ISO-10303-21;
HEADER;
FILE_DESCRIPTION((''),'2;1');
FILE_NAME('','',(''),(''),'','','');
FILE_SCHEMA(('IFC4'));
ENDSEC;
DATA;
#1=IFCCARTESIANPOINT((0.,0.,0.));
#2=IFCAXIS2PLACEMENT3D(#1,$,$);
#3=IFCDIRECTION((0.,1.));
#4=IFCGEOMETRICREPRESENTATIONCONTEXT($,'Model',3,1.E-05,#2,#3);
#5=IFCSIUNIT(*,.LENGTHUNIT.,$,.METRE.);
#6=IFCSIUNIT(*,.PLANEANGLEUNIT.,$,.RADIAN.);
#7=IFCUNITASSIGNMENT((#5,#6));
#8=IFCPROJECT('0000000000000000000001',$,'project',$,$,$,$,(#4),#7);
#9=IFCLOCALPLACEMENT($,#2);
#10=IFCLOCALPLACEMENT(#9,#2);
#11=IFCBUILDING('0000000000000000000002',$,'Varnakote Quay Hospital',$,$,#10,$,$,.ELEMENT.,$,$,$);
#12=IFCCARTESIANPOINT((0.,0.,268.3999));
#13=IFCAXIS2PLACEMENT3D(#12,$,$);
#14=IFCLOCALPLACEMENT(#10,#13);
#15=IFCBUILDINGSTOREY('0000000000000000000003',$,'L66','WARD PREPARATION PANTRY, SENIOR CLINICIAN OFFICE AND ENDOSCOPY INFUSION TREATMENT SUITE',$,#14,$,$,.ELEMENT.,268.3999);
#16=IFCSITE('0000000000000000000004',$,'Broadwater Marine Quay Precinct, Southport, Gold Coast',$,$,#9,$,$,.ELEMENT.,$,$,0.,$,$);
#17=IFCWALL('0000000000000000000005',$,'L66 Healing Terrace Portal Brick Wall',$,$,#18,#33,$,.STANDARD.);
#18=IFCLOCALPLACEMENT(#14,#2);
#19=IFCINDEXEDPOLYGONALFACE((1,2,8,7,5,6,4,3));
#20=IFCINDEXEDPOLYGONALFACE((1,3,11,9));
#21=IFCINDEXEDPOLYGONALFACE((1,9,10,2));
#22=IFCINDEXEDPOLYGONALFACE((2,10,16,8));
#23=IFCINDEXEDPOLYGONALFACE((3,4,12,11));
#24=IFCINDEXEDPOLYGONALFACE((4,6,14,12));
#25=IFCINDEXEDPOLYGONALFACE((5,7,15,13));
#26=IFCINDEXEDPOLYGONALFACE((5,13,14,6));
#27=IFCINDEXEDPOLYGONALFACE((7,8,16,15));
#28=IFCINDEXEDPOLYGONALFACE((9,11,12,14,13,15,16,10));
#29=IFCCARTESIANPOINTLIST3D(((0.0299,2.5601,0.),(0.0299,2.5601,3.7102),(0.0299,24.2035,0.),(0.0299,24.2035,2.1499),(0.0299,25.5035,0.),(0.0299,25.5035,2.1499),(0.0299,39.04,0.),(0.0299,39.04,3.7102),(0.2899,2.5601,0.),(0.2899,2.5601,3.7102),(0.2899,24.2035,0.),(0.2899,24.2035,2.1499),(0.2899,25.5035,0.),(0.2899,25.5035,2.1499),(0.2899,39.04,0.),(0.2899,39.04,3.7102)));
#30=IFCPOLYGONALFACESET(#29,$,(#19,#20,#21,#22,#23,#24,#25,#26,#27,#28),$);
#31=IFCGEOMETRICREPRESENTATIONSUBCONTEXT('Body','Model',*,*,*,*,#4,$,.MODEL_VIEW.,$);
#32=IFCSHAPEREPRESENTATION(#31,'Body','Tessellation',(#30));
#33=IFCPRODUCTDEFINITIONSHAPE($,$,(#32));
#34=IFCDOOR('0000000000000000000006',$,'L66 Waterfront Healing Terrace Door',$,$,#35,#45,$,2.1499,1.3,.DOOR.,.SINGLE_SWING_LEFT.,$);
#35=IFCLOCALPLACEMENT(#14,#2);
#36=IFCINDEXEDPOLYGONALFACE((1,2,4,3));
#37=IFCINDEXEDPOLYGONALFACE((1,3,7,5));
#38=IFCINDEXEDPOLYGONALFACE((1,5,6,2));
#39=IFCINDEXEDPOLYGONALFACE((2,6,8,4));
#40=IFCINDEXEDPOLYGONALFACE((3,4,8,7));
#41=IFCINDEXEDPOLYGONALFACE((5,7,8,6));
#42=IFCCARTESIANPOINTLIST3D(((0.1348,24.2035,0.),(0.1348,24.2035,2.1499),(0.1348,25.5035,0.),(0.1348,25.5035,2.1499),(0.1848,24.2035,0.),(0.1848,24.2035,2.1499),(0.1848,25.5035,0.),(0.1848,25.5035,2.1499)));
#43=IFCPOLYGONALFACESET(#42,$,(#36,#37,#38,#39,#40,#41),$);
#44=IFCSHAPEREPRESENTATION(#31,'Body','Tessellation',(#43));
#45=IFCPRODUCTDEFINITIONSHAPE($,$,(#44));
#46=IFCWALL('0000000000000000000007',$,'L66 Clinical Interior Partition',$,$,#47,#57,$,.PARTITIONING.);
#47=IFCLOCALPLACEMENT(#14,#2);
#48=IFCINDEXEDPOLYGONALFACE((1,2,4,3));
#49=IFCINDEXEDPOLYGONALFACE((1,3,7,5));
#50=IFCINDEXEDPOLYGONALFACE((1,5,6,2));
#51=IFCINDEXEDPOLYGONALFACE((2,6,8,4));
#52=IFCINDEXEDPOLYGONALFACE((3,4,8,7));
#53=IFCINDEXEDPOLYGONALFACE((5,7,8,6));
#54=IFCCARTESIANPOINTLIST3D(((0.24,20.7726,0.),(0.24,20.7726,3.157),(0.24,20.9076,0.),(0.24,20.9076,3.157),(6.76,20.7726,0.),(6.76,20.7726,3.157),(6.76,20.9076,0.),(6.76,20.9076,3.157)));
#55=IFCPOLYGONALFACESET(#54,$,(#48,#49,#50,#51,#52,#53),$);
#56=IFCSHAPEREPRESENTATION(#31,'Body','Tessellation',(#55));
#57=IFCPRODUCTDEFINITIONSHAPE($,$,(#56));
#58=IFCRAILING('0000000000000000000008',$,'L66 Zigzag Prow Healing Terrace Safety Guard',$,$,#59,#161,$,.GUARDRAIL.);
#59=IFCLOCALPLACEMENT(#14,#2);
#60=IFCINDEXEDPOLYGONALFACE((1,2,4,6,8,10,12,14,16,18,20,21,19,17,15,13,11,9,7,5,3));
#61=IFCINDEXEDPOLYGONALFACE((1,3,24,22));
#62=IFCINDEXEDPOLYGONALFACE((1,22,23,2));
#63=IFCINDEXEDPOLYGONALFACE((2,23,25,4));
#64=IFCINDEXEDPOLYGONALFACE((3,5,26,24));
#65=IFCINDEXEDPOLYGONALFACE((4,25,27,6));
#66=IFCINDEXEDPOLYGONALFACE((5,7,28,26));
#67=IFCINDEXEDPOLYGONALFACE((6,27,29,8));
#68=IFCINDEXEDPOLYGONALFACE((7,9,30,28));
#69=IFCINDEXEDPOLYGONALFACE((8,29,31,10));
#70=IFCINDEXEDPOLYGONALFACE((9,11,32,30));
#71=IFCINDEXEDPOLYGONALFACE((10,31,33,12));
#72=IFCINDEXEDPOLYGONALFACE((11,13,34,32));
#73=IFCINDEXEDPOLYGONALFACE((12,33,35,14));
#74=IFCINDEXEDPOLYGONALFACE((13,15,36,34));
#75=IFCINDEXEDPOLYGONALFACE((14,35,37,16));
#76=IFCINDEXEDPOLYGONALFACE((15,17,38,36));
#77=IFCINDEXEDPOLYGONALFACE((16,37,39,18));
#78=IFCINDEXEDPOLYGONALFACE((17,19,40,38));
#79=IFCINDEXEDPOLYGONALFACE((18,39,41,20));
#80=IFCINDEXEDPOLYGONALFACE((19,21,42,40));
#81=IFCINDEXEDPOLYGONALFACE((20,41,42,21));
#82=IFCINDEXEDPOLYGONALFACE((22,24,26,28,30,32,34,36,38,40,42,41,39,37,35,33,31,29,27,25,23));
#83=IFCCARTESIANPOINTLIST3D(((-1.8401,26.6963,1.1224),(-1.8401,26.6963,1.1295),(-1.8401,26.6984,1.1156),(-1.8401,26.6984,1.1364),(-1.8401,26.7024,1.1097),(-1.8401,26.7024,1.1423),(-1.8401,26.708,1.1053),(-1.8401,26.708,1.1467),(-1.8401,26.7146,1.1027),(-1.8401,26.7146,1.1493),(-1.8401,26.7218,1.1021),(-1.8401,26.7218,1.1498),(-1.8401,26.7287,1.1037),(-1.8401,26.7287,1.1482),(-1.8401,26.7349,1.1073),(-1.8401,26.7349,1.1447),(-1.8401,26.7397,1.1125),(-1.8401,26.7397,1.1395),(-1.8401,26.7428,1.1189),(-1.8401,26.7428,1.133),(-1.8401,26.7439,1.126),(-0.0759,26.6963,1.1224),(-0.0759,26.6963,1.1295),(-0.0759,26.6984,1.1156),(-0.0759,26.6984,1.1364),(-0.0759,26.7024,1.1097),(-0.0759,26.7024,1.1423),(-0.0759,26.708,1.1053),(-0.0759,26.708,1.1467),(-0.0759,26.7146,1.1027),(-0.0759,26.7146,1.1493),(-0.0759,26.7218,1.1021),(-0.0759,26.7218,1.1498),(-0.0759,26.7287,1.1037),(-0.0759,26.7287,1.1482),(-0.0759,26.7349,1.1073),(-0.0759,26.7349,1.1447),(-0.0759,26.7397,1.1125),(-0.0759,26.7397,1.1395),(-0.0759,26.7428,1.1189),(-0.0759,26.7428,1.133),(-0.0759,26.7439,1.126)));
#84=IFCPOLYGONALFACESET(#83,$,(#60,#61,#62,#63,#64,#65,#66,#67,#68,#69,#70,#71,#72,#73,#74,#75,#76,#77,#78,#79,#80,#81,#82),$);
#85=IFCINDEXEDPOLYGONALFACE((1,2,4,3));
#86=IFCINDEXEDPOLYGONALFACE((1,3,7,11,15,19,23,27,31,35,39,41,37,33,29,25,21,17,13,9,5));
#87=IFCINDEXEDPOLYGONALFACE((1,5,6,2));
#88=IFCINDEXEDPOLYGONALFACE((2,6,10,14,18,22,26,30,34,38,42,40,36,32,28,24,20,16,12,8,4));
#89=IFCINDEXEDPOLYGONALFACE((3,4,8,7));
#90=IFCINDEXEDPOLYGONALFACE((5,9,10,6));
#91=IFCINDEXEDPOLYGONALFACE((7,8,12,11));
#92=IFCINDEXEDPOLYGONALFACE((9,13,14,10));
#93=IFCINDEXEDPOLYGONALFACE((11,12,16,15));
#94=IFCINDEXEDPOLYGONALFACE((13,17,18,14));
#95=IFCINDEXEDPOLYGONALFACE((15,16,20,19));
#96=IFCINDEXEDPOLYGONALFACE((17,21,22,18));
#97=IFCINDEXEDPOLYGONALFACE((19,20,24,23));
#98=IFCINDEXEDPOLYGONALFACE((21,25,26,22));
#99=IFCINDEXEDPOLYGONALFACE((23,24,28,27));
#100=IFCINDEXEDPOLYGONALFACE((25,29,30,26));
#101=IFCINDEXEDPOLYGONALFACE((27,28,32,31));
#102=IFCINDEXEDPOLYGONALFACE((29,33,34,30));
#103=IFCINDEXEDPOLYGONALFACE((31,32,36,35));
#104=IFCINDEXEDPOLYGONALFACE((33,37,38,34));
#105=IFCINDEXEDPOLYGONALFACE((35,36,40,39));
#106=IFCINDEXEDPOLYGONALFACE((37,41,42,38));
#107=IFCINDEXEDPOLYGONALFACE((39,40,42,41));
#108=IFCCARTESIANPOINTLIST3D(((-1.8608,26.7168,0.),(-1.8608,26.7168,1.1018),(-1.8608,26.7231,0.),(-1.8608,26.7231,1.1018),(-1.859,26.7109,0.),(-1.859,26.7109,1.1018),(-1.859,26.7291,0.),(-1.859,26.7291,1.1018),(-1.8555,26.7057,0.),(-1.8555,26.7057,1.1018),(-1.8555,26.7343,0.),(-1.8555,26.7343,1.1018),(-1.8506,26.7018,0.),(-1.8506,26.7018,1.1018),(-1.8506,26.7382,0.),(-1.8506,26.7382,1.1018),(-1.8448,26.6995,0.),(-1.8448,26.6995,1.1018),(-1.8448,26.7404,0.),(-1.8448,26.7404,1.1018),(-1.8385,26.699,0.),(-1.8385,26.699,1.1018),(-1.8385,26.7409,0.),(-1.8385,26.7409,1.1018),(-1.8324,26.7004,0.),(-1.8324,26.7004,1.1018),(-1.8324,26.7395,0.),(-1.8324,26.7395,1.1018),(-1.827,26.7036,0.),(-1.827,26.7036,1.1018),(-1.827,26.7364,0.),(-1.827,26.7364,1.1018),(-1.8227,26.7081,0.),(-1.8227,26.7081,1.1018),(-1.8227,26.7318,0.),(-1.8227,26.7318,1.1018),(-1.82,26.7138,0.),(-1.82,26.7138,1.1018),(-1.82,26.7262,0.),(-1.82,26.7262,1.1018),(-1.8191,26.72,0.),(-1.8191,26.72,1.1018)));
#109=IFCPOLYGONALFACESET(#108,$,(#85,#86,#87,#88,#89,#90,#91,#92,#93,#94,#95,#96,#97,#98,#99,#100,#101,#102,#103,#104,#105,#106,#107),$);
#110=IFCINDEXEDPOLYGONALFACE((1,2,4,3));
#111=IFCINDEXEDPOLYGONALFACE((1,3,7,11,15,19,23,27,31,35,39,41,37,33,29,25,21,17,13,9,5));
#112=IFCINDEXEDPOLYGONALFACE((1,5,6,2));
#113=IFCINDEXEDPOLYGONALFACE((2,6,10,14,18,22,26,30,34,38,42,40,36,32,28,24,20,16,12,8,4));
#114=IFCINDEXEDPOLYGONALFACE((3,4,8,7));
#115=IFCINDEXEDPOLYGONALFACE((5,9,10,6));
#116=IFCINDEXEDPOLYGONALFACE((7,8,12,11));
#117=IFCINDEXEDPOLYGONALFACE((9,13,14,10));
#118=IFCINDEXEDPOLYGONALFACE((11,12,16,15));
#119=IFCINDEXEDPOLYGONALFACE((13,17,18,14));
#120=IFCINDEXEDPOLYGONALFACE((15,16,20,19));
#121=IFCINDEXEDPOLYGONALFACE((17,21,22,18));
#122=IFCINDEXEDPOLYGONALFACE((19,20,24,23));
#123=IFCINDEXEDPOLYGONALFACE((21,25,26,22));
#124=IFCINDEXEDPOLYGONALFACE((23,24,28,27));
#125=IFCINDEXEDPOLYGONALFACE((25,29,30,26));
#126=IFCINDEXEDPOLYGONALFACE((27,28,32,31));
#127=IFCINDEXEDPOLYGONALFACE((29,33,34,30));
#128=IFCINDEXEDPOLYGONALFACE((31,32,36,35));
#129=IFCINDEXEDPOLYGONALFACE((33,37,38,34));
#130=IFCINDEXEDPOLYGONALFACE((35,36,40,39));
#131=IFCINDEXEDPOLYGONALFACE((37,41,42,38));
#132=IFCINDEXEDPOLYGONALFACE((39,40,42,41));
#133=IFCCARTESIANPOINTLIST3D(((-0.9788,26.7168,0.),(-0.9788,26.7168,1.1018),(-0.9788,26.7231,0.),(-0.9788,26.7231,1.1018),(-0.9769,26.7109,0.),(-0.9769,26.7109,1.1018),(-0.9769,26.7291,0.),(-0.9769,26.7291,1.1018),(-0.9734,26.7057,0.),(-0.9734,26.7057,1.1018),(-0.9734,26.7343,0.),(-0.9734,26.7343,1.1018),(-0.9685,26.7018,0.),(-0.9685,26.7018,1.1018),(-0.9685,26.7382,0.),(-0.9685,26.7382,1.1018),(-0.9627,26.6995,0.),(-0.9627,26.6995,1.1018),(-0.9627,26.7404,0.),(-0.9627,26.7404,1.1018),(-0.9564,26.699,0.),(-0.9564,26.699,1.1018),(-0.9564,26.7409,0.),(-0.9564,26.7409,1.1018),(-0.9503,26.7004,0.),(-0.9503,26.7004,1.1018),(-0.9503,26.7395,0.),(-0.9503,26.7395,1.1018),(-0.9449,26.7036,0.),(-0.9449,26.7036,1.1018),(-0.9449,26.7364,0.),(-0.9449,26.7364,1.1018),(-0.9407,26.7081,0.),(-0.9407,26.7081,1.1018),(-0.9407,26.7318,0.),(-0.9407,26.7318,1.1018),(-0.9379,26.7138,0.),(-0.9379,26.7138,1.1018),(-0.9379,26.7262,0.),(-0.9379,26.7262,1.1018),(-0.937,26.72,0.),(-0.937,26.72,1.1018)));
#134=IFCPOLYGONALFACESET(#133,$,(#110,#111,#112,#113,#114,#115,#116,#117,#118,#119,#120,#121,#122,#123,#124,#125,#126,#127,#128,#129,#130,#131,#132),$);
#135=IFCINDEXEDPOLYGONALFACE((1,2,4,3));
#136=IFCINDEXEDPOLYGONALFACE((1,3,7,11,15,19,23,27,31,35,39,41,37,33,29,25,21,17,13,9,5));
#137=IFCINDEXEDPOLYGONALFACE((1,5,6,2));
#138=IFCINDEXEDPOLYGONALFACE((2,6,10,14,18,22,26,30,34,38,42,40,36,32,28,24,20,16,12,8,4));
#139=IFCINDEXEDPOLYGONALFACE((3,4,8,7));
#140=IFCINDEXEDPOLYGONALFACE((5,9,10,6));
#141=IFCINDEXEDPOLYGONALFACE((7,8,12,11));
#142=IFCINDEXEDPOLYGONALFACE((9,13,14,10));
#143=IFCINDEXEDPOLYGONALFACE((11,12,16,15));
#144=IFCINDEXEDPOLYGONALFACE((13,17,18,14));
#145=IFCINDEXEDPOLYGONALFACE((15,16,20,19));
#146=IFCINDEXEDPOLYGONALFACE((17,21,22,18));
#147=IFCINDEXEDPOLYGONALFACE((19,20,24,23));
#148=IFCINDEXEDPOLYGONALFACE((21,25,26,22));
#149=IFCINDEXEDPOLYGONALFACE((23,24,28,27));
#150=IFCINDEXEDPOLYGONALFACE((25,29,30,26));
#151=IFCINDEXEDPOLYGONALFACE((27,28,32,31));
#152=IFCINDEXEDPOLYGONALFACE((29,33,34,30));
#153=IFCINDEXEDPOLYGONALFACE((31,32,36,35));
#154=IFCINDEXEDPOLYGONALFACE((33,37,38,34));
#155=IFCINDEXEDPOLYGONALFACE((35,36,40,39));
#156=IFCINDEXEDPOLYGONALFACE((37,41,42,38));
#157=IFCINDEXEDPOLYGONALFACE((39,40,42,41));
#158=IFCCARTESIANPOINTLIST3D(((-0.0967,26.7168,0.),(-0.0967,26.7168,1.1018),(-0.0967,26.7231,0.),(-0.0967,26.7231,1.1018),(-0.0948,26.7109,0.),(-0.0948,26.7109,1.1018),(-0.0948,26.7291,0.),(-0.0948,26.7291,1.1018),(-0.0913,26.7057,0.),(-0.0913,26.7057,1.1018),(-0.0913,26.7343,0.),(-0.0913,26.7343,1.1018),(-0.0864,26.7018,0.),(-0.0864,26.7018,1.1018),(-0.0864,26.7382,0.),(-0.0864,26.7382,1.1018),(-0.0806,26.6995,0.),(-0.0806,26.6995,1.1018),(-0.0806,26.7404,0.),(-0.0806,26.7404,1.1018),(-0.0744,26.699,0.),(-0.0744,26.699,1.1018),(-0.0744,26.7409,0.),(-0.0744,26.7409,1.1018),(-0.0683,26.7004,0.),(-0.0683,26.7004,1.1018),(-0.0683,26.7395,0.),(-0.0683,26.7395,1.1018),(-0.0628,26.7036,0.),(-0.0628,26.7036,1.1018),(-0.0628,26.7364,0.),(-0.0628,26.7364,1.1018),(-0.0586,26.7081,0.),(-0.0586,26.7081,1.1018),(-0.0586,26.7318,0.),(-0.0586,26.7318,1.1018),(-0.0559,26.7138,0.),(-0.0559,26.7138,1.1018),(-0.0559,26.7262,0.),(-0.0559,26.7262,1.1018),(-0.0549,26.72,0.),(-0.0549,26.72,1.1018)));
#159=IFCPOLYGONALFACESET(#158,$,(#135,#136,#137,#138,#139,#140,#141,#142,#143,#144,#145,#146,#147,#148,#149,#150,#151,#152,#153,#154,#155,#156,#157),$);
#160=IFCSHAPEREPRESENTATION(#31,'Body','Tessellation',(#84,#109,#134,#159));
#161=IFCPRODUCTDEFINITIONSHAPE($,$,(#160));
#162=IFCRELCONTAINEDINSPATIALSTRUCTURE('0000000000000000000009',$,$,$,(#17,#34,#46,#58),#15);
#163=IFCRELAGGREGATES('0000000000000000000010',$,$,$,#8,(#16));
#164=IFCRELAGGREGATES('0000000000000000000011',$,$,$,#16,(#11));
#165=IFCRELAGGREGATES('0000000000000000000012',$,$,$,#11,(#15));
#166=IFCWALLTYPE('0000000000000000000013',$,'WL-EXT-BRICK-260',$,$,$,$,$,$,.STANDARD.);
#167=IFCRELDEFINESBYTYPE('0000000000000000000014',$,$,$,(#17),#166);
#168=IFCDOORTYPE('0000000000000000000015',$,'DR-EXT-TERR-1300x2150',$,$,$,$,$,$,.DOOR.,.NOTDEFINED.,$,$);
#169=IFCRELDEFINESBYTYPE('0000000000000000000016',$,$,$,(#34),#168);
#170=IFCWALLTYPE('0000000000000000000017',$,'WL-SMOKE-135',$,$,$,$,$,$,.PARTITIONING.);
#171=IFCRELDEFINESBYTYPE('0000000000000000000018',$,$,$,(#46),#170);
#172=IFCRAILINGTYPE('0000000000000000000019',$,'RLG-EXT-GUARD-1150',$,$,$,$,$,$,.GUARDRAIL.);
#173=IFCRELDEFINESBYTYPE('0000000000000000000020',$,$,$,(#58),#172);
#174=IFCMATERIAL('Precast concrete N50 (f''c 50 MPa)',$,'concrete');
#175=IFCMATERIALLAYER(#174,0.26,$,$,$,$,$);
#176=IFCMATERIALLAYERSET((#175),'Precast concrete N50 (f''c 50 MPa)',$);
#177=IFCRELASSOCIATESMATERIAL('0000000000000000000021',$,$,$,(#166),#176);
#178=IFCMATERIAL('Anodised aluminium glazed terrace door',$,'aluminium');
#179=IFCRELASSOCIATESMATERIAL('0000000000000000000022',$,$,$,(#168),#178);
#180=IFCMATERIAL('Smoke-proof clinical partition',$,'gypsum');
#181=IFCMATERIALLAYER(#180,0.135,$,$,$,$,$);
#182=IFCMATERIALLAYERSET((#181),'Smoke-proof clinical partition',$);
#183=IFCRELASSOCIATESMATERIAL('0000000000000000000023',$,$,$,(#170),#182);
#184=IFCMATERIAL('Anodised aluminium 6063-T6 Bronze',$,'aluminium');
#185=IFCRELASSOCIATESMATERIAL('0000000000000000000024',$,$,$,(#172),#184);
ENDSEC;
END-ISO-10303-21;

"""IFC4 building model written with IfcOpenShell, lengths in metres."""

from ifc_helpers import new_model, si_unit, direction, frame, frame_2d, origin, origin_2d, place, context, subcontext, project, spatial, rectangle, circle, extrude, material, layer, layer_set, type_object, element, fill, save


model = new_model("IFC4")

# Units and contexts
model_context = context("Model", 3, precision=1e-05, world=origin(), true_north=direction((0.0, 1.0)))
body_context = subcontext(model_context, "Body", "Model", "MODEL_VIEW")
ifc_project = project(units=[si_unit("LENGTHUNIT", "METRE"), si_unit("PLANEANGLEUNIT", "RADIAN")], contexts=[model_context])

# Site, building, storey
site_placement = place(None, origin())
site = spatial("IfcSite", under=ifc_project, at=site_placement, Name="Broadwater Marine Quay Precinct, Southport, Gold Coast", CompositionType="ELEMENT", RefElevation=0.0)
building_placement = place(site_placement, origin())
building = spatial("IfcBuilding", under=site, at=building_placement, Name="Varnakote Quay Hospital", CompositionType="ELEMENT")
storey_placement = place(building_placement, frame((0.0, 0.0, 268.3999)))
storey = spatial("IfcBuildingStorey", under=building, at=storey_placement, Name="L66", Description="WARD PREPARATION PANTRY, SENIOR CLINICIAN OFFICE AND ENDOSCOPY INFUSION TREATMENT SUITE", CompositionType="ELEMENT", Elevation=268.3999)

# Shared definitions
ifc_material_1 = material(Name="Precast concrete N50 (f'c 50 MPa)", Category="concrete")
ifc_layer_1 = layer(ifc_material_1, 0.26)
ifc_layer_set_1 = layer_set([ifc_layer_1], Name="Precast concrete N50 (f'c 50 MPa)")
wall_type_1 = type_object("IfcWallType", Name="WL-EXT-BRICK-260", PredefinedType="STANDARD", material=ifc_layer_set_1)

# Wall, opening, door
wall_1_placement = place(storey_placement, frame((0.1599, 39.04, 0.0), z_axis=(0.0, 0.0, 1.0), x_axis=(0.0, -1.0, 0.0)))
wall_1 = element("IfcWall", 1, at=wall_1_placement, inside=storey, type_object=wall_type_1, Name="L66 Healing Terrace Portal Brick Wall", PredefinedType="STANDARD", context=body_context, shape_type="SweptSolid", body=[
    extrude(rectangle(XDim=36.48, YDim=0.26, at=frame_2d((18.24, 0.0))), origin(), (0.0, 0.0, 1.0), 3.7102),
])
opening_1_placement = place(wall_1_placement, frame((13.5366, 0.0, 0.0)))
opening_1 = element("IfcOpeningElement", 2, at=opening_1_placement, cuts=wall_1, PredefinedType="OPENING", context=body_context, shape_type="SweptSolid", body=[
    extrude(rectangle(XDim=1.3, YDim=2.1499, at=frame_2d((0.6499, 1.075))), frame((0.0, 0.1399, 0.0), z_axis=(0.0, -1.0, 0.0), x_axis=(1.0, 0.0, 0.0)), (0.0, 0.0, 1.0), 0.28),
])
ifc_material_2 = material(Name="Anodised aluminium glazed terrace door", Category="aluminium")
door_type = type_object("IfcDoorType", Name="DR-EXT-TERR-1300x2150", OperationType="NOTDEFINED", PredefinedType="DOOR", material=ifc_material_2)
door_placement = place(opening_1_placement, origin())
door = element("IfcDoor", 3, at=door_placement, inside=storey, type_object=door_type, Name="L66 Waterfront Healing Terrace Door", OperationType="SINGLE_SWING_LEFT", OverallHeight=2.1499, OverallWidth=1.3, PredefinedType="DOOR", context=body_context, shape_type="SweptSolid", body=[
    extrude(rectangle(XDim=1.3, YDim=2.1499, at=frame_2d((0.6499, 1.075))), frame((0.0, 0.0249, 0.0), z_axis=(0.0, -1.0, 0.0), x_axis=(1.0, 0.0, 0.0)), (0.0, 0.0, 1.0), 0.05),
])
fill(opening_1, door)

# Wall
ifc_material_3 = material(Name="Smoke-proof clinical partition", Category="gypsum")
ifc_layer_2 = layer(ifc_material_3, 0.135)
ifc_layer_set_2 = layer_set([ifc_layer_2], Name="Smoke-proof clinical partition")
wall_type_2 = type_object("IfcWallType", Name="WL-SMOKE-135", PredefinedType="PARTITIONING", material=ifc_layer_set_2)
wall_2_placement = place(storey_placement, frame((6.76, 20.8401, 0.0), z_axis=(0.0, 0.0, 1.0), x_axis=(-1.0, 0.0, 0.0)))
element("IfcWall", 4, at=wall_2_placement, inside=storey, type_object=wall_type_2, Name="L66 Clinical Interior Partition", PredefinedType="PARTITIONING", context=body_context, shape_type="SweptSolid", body=[
    extrude(rectangle(XDim=6.52, YDim=0.135, at=frame_2d((3.26, 0.0))), origin(), (0.0, 0.0, 1.0), 3.157),
])

# Railing
ifc_material_4 = material(Name="Anodised aluminium 6063-T6 Bronze", Category="aluminium")
railing_type = type_object("IfcRailingType", Name="RLG-EXT-GUARD-1150", PredefinedType="GUARDRAIL", material=ifc_material_4)
railing_1_placement = place(storey_placement, frame((-1.8401, 26.72, 0.0)))
element("IfcRailing", 5, at=railing_1_placement, inside=storey, type_object=railing_type, Name="L66 Zigzag Prow Healing Terrace Safety Guard", PredefinedType="GUARDRAIL", context=body_context, shape_type="SweptSolid", body=[
    extrude(circle(Radius=0.0239, at=origin_2d()), frame((0.0, 0.0, 1.126), z_axis=(1.0, 0.0, 0.0), x_axis=(0.0, 1.0, 0.0)), (0.0, 0.0, 1.0), 1.7642),
    extrude(circle(Radius=0.021, at=origin_2d()), origin(), (0.0, 0.0, 1.0), 1.1018),
    extrude(circle(Radius=0.021, at=origin_2d()), frame((0.8821, 0.0, 0.0)), (0.0, 0.0, 1.0), 1.1018),
    extrude(circle(Radius=0.021, at=origin_2d()), frame((1.7642, 0.0, 0.0)), (0.0, 0.0, 1.0), 1.1018),
])

save(model, "model.ifc")
